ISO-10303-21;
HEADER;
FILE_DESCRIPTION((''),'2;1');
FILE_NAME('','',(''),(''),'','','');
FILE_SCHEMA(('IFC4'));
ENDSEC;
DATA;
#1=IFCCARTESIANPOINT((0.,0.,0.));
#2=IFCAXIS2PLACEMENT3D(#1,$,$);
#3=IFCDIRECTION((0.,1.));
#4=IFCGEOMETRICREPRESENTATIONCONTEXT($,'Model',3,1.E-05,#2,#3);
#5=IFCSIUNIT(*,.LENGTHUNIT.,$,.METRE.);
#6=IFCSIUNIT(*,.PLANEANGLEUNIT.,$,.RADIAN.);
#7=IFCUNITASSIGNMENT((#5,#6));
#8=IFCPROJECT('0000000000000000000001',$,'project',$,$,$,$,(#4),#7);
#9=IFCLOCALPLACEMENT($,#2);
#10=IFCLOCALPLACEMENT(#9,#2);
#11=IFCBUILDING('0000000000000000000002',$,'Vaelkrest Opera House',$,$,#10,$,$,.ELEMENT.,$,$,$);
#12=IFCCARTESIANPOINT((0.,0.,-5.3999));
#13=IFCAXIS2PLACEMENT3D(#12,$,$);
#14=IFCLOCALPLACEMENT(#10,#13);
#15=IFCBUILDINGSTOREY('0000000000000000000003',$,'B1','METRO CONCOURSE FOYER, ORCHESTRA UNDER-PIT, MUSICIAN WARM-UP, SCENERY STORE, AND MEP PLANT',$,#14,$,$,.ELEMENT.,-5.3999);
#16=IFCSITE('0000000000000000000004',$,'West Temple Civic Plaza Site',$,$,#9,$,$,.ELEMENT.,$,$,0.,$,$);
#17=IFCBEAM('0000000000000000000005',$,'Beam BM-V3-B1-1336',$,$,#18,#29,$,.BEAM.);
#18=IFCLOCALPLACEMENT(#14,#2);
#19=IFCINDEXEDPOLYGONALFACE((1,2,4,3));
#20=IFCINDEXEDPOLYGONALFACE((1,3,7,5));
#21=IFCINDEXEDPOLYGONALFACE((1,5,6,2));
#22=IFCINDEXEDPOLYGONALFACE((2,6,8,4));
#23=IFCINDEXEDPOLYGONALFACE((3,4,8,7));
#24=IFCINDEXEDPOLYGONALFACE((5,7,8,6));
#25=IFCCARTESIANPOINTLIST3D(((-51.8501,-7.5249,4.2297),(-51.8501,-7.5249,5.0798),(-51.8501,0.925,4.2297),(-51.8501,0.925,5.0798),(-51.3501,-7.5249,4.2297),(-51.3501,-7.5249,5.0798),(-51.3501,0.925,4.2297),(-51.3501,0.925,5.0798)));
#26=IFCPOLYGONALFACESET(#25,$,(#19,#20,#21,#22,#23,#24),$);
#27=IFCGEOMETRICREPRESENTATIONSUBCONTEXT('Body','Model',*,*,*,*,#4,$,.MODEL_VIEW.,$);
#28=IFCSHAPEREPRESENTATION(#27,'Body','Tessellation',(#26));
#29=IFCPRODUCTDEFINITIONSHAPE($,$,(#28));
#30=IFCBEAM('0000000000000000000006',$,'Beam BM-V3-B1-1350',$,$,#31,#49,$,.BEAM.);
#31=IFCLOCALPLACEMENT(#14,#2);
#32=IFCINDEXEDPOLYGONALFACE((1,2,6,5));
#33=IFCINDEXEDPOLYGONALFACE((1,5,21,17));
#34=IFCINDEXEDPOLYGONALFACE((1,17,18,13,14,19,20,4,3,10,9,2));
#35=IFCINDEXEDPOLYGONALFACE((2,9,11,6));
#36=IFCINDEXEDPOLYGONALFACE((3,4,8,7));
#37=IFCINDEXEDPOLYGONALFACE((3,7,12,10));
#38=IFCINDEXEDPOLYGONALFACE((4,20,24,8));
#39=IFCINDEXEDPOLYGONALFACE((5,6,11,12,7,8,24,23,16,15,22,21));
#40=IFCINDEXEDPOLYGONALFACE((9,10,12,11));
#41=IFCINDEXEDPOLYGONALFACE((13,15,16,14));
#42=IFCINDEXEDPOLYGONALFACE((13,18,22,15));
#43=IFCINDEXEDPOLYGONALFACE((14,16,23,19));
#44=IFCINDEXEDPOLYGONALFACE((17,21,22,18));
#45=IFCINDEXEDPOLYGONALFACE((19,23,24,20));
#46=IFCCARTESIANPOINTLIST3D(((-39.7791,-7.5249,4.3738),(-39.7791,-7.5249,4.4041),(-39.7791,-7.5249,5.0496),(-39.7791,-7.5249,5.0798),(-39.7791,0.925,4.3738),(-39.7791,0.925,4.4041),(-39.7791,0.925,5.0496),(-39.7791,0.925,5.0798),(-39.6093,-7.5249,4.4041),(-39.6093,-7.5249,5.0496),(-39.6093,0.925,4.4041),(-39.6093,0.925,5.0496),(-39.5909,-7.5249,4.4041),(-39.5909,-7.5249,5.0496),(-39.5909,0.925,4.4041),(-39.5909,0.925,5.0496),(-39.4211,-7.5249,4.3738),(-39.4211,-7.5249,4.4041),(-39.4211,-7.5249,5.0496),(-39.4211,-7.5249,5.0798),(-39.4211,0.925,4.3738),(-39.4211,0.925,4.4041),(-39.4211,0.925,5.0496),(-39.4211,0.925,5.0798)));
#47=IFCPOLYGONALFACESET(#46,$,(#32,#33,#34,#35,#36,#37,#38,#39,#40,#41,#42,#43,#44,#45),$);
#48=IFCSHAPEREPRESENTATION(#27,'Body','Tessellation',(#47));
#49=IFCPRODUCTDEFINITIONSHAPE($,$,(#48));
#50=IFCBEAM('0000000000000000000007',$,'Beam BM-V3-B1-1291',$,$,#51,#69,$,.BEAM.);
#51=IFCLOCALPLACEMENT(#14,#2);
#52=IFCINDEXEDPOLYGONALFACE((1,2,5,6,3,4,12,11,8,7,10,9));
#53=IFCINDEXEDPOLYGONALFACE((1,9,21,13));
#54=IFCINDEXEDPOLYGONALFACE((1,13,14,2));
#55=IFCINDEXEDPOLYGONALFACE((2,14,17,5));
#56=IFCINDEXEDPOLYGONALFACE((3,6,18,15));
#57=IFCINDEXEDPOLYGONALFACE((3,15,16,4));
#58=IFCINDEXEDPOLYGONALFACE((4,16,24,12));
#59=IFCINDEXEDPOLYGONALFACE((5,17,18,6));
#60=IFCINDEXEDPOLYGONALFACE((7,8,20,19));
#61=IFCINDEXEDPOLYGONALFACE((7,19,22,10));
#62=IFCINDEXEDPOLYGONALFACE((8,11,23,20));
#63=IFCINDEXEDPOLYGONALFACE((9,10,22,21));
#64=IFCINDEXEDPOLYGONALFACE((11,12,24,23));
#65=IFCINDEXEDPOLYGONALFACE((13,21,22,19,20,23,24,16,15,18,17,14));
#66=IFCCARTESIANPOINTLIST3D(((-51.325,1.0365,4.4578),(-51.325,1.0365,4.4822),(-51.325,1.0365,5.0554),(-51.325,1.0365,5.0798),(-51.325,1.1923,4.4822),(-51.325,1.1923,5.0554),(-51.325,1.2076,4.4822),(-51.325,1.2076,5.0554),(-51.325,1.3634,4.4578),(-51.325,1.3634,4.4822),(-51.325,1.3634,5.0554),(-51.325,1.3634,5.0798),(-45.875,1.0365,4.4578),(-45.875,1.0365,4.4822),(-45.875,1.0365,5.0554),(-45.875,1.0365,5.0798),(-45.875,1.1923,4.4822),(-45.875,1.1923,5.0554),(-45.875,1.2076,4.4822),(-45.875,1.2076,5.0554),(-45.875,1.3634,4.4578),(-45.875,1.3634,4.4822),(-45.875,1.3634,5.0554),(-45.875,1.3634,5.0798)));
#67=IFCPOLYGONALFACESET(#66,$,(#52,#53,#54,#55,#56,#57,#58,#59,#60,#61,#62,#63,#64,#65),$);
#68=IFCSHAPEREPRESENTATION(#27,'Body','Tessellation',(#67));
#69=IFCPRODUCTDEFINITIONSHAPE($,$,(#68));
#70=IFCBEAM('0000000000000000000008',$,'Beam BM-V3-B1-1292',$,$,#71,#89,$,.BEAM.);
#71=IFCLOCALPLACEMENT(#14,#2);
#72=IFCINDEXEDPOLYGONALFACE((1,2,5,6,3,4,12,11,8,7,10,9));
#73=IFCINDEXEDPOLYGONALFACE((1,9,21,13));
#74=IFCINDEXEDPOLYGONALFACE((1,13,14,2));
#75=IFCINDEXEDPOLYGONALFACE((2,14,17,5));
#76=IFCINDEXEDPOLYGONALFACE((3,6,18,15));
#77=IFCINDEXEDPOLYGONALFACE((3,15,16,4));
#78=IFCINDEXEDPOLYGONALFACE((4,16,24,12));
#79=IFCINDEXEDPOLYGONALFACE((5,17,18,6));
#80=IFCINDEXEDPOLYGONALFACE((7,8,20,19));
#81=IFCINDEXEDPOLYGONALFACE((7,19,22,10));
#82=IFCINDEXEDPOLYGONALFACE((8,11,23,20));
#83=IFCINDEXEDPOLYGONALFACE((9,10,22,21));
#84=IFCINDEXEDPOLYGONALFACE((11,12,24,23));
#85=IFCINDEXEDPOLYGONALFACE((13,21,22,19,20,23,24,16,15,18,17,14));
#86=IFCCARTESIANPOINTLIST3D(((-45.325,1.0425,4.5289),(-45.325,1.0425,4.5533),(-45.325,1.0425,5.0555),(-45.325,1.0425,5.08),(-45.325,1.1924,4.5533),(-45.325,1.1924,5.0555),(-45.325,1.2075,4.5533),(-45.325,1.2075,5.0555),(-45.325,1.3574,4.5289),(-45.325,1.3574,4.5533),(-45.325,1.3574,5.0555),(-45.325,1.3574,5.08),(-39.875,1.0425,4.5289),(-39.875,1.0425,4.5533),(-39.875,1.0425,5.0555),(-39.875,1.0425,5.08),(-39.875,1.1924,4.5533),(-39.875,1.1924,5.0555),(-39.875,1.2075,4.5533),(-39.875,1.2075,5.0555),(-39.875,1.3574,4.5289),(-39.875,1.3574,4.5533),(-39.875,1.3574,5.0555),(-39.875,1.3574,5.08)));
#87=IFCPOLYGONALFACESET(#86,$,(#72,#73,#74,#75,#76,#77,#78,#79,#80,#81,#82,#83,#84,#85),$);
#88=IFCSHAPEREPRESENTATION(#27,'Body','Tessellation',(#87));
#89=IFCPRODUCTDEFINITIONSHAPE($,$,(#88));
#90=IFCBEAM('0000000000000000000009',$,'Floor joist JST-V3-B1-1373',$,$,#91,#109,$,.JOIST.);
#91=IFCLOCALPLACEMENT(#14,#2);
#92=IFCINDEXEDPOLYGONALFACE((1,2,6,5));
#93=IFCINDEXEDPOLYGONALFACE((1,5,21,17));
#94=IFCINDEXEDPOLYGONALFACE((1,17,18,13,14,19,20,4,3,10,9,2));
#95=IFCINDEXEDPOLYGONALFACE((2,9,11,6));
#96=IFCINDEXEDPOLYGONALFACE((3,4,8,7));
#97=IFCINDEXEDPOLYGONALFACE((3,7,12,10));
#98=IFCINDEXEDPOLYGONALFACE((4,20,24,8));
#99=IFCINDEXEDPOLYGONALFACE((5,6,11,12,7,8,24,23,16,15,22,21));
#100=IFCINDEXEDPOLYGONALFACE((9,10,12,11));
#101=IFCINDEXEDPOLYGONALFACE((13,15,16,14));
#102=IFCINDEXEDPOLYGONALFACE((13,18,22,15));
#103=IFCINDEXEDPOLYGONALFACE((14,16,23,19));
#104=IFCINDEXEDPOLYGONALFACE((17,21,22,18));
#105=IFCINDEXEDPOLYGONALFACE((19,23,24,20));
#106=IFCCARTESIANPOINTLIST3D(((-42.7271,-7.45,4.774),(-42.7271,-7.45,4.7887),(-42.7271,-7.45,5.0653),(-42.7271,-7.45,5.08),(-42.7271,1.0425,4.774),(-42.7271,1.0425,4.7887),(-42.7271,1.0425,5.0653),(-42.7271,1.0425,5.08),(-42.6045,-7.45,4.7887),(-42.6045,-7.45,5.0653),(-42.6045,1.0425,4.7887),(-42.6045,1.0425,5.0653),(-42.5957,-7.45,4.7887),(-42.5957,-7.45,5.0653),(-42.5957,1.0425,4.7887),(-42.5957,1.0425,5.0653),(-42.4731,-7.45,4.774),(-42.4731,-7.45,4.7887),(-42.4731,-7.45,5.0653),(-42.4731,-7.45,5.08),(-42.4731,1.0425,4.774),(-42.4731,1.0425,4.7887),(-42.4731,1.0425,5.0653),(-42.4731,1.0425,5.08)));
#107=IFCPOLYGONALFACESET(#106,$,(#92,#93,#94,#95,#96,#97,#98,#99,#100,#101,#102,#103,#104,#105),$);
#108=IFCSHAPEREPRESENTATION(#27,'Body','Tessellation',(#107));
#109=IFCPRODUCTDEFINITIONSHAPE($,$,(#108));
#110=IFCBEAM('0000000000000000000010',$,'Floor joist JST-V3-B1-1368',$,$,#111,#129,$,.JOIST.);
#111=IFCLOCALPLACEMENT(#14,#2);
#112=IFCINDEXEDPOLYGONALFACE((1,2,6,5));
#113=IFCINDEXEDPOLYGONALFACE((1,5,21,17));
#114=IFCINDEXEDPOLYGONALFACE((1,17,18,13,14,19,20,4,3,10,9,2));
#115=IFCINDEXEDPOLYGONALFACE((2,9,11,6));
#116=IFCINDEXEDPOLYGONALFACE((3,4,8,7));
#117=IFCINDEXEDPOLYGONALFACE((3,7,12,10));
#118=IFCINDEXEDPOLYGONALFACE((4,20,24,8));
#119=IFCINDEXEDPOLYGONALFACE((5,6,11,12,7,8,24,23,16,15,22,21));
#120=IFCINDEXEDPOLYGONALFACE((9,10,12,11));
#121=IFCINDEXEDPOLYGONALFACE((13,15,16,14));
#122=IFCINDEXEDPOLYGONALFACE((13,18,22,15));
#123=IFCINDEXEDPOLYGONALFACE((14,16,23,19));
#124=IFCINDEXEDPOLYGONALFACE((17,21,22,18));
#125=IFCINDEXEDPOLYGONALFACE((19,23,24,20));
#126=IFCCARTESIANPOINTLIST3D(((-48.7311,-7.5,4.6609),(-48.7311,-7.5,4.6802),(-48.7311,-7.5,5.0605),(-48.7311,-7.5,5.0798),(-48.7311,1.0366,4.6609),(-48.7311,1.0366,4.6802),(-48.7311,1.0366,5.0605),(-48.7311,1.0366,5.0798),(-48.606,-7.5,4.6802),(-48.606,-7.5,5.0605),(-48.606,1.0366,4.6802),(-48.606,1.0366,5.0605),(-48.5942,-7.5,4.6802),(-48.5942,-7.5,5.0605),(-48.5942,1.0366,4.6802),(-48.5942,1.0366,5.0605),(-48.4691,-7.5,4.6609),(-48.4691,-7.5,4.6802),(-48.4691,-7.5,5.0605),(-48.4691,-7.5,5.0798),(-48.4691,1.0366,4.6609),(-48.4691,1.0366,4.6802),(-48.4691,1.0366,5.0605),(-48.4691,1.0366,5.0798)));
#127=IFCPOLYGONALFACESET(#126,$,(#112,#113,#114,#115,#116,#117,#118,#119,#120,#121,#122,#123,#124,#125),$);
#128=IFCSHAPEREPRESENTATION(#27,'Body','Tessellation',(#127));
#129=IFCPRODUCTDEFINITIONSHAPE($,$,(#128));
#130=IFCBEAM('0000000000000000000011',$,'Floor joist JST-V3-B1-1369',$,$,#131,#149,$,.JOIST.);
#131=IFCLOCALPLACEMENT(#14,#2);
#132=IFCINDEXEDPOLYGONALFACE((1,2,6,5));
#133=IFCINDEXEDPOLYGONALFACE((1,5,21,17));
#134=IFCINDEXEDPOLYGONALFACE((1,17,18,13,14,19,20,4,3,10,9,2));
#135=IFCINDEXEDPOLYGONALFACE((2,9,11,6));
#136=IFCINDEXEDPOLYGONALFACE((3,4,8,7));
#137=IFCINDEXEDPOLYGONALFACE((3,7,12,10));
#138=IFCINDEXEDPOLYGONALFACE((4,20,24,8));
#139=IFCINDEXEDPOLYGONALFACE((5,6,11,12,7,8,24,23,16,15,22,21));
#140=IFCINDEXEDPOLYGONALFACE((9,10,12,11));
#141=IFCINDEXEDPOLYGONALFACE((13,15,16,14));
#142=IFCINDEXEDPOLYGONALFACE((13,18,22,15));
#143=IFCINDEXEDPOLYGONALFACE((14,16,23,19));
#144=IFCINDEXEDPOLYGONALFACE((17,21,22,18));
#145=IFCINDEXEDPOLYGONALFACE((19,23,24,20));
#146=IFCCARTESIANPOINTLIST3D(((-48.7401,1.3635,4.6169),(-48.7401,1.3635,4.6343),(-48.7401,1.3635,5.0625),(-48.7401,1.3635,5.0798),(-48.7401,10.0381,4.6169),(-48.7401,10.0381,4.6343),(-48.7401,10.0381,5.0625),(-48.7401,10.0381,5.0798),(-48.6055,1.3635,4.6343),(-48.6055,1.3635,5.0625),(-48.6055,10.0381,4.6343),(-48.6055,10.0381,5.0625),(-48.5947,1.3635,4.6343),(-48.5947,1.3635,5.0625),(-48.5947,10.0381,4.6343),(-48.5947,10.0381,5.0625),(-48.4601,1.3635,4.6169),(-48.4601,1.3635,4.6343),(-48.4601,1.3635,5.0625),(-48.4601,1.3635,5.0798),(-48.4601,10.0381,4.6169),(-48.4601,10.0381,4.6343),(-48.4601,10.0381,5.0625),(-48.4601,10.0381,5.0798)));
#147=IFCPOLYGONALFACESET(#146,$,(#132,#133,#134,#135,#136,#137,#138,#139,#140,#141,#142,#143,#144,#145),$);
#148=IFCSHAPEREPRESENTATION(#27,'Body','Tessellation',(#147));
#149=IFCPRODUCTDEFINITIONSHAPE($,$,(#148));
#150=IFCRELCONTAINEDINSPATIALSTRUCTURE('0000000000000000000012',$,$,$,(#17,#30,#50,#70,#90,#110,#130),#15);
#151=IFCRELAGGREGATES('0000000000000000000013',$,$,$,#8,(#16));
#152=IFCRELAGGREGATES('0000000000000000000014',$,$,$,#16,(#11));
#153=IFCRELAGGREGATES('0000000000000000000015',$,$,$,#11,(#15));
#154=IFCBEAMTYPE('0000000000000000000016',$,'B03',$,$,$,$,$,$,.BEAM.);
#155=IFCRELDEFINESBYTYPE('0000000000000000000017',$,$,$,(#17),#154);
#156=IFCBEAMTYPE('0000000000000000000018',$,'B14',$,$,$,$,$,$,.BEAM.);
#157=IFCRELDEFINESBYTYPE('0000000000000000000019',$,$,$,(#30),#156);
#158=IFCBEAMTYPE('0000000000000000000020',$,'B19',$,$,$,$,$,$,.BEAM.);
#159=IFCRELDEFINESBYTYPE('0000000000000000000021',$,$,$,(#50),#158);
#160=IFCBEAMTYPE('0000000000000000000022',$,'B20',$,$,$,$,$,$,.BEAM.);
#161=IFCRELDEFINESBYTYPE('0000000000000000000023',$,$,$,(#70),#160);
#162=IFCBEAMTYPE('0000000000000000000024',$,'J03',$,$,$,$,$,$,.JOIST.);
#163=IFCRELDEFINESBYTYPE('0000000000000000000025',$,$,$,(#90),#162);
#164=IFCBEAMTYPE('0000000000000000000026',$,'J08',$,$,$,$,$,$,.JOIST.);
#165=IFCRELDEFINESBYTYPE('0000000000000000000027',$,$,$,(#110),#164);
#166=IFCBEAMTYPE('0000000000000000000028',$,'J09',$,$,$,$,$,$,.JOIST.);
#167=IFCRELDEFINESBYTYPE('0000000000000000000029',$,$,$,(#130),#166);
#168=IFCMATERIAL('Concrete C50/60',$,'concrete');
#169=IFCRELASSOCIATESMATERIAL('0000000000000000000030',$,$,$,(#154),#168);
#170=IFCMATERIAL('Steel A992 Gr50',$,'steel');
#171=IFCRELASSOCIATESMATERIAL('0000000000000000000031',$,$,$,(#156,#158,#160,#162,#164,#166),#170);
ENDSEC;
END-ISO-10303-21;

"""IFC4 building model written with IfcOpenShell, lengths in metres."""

from ifc_helpers import new_model, si_unit, direction, frame, origin, origin_2d, place, context, subcontext, project, spatial, rectangle, i_section, extrude, material, material_profile, profile_set, type_object, element, save


model = new_model("IFC4")

# Units and contexts
model_context = context("Model", 3, precision=1e-05, world=origin(), true_north=direction((0.0, 1.0)))
body_context = subcontext(model_context, "Body", "Model", "MODEL_VIEW")
ifc_project = project(units=[si_unit("LENGTHUNIT", "METRE"), si_unit("PLANEANGLEUNIT", "RADIAN")], contexts=[model_context])

# Site, building, storey
site_placement = place(None, origin())
site = spatial("IfcSite", under=ifc_project, at=site_placement, Name="West Temple Civic Plaza Site", CompositionType="ELEMENT", RefElevation=0.0)
building_placement = place(site_placement, origin())
building = spatial("IfcBuilding", under=site, at=building_placement, Name="Vaelkrest Opera House", CompositionType="ELEMENT")
storey_placement = place(building_placement, frame((0.0, 0.0, -5.3999)))
storey = spatial("IfcBuildingStorey", under=building, at=storey_placement, Name="B1", Description="METRO CONCOURSE FOYER, ORCHESTRA UNDER-PIT, MUSICIAN WARM-UP, SCENERY STORE, AND MEP PLANT", CompositionType="ELEMENT", Elevation=-5.3999)

# Shared definitions
ifc_material_1 = material(Name="Concrete C50/60", Category="concrete")

# Beams
ifc_material_profile_1 = material_profile(ifc_material_1, rectangle(XDim=0.5, YDim=0.8501, at=origin_2d()), Name="RCB500X850")
ifc_profile_set_1 = profile_set([ifc_material_profile_1], Name="Concrete C50/60")
beam_type_1 = type_object("IfcBeamType", Name="B03", PredefinedType="BEAM", material=ifc_profile_set_1)
beam_1_placement = place(storey_placement, frame((-51.6001, -7.5249, 4.6548), z_axis=(0.0, 1.0, 0.0), x_axis=(-1.0, 0.0, 0.0)))
element("IfcBeam", 1, at=beam_1_placement, inside=storey, type_object=beam_type_1, Name="Beam BM-V3-B1-1336", PredefinedType="BEAM", context=body_context, shape_type="SweptSolid", body=[
    extrude(rectangle(XDim=0.5, YDim=0.8501, at=origin_2d()), origin(), (0.0, 0.0, 1.0), 8.45),
])
ifc_material_2 = material(Name="Steel A992 Gr50", Category="steel")
ifc_material_profile_2 = material_profile(ifc_material_2, i_section(OverallWidth=0.3579, OverallDepth=0.7061, WebThickness=0.0183, FlangeThickness=0.0303, at=origin_2d()), Name="W27X178")
ifc_profile_set_2 = profile_set([ifc_material_profile_2], Name="Steel A992 Gr50")
beam_type_2 = type_object("IfcBeamType", Name="B14", PredefinedType="BEAM", material=ifc_profile_set_2)
beam_2_placement = place(storey_placement, frame((-39.6001, -7.5249, 4.7268), z_axis=(0.0, 1.0, 0.0), x_axis=(-1.0, 0.0, 0.0)))
element("IfcBeam", 2, at=beam_2_placement, inside=storey, type_object=beam_type_2, Name="Beam BM-V3-B1-1350", PredefinedType="BEAM", context=body_context, shape_type="SweptSolid", body=[
    extrude(i_section(OverallWidth=0.3579, OverallDepth=0.7061, WebThickness=0.0183, FlangeThickness=0.0303, at=origin_2d()), origin(), (0.0, 0.0, 1.0), 8.45),
])
ifc_material_profile_3 = material_profile(ifc_material_2, i_section(OverallWidth=0.3269, OverallDepth=0.6221, WebThickness=0.0154, FlangeThickness=0.0244, at=origin_2d()), Name="W24X131")
ifc_profile_set_3 = profile_set([ifc_material_profile_3], Name="Steel A992 Gr50")
beam_type_3 = type_object("IfcBeamType", Name="B19", PredefinedType="BEAM", material=ifc_profile_set_3)
beam_3_placement = place(storey_placement, frame((-51.325, 1.2, 4.7688), z_axis=(1.0, 0.0, 0.0), x_axis=(0.0, 1.0, 0.0)))
element("IfcBeam", 3, at=beam_3_placement, inside=storey, type_object=beam_type_3, Name="Beam BM-V3-B1-1291", PredefinedType="BEAM", context=body_context, shape_type="SweptSolid", body=[
    extrude(i_section(OverallWidth=0.3269, OverallDepth=0.6221, WebThickness=0.0154, FlangeThickness=0.0244, at=origin_2d()), origin(), (0.0, 0.0, 1.0), 5.45),
])
ifc_material_profile_4 = material_profile(ifc_material_2, i_section(OverallWidth=0.3149, OverallDepth=0.551, WebThickness=0.0151, FlangeThickness=0.0244, at=origin_2d()), Name="W21X122")
ifc_profile_set_4 = profile_set([ifc_material_profile_4], Name="Steel A992 Gr50")
beam_type_4 = type_object("IfcBeamType", Name="B20", PredefinedType="BEAM", material=ifc_profile_set_4)
beam_4_placement = place(storey_placement, frame((-45.325, 1.2, 4.8044), z_axis=(1.0, 0.0, 0.0), x_axis=(0.0, 1.0, 0.0)))
element("IfcBeam", 4, at=beam_4_placement, inside=storey, type_object=beam_type_4, Name="Beam BM-V3-B1-1292", PredefinedType="BEAM", context=body_context, shape_type="SweptSolid", body=[
    extrude(i_section(OverallWidth=0.3149, OverallDepth=0.551, WebThickness=0.0151, FlangeThickness=0.0244, at=origin_2d()), origin(), (0.0, 0.0, 1.0), 5.45),
])
ifc_material_profile_5 = material_profile(ifc_material_2, i_section(OverallWidth=0.2539, OverallDepth=0.3059, WebThickness=0.0088, FlangeThickness=0.0146, at=origin_2d()), Name="W12X53")
ifc_profile_set_5 = profile_set([ifc_material_profile_5], Name="Steel A992 Gr50")
beam_type_5 = type_object("IfcBeamType", Name="J03", PredefinedType="JOIST", material=ifc_profile_set_5)
beam_5_placement = place(storey_placement, frame((-42.6001, -7.45, 4.927), z_axis=(0.0, 1.0, 0.0), x_axis=(-1.0, 0.0, 0.0)))
element("IfcBeam", 5, at=beam_5_placement, inside=storey, type_object=beam_type_5, Name="Floor joist JST-V3-B1-1373", PredefinedType="JOIST", context=body_context, shape_type="SweptSolid", body=[
    extrude(i_section(OverallWidth=0.2539, OverallDepth=0.3059, WebThickness=0.0088, FlangeThickness=0.0146, at=origin_2d()), origin(), (0.0, 0.0, 1.0), 8.4924),
])
ifc_material_profile_6 = material_profile(ifc_material_2, i_section(OverallWidth=0.262, OverallDepth=0.4189, WebThickness=0.0117, FlangeThickness=0.0193, at=origin_2d()), Name="W16X77")
ifc_profile_set_6 = profile_set([ifc_material_profile_6], Name="Steel A992 Gr50")
beam_type_6 = type_object("IfcBeamType", Name="J08", PredefinedType="JOIST", material=ifc_profile_set_6)
beam_6_placement = place(storey_placement, frame((-48.6001, -7.5, 4.8704), z_axis=(0.0, 1.0, 0.0), x_axis=(-1.0, 0.0, 0.0)))
element("IfcBeam", 6, at=beam_6_placement, inside=storey, type_object=beam_type_6, Name="Floor joist JST-V3-B1-1368", PredefinedType="JOIST", context=body_context, shape_type="SweptSolid", body=[
    extrude(i_section(OverallWidth=0.262, OverallDepth=0.4189, WebThickness=0.0117, FlangeThickness=0.0193, at=origin_2d()), origin(), (0.0, 0.0, 1.0), 8.5366),
])
ifc_material_profile_7 = material_profile(ifc_material_2, i_section(OverallWidth=0.28, OverallDepth=0.4629, WebThickness=0.0107, FlangeThickness=0.0173, at=origin_2d()), Name="W18X76")
ifc_profile_set_7 = profile_set([ifc_material_profile_7], Name="Steel A992 Gr50")
beam_type_7 = type_object("IfcBeamType", Name="J09", PredefinedType="JOIST", material=ifc_profile_set_7)
beam_7_placement = place(storey_placement, frame((-48.6001, 1.3635, 4.8484), z_axis=(0.0, 1.0, 0.0), x_axis=(-1.0, 0.0, 0.0)))
element("IfcBeam", 7, at=beam_7_placement, inside=storey, type_object=beam_type_7, Name="Floor joist JST-V3-B1-1369", PredefinedType="JOIST", context=body_context, shape_type="SweptSolid", body=[
    extrude(i_section(OverallWidth=0.28, OverallDepth=0.4629, WebThickness=0.0107, FlangeThickness=0.0173, at=origin_2d()), origin(), (0.0, 0.0, 1.0), 8.6746),
])

save(model, "model.ifc")
